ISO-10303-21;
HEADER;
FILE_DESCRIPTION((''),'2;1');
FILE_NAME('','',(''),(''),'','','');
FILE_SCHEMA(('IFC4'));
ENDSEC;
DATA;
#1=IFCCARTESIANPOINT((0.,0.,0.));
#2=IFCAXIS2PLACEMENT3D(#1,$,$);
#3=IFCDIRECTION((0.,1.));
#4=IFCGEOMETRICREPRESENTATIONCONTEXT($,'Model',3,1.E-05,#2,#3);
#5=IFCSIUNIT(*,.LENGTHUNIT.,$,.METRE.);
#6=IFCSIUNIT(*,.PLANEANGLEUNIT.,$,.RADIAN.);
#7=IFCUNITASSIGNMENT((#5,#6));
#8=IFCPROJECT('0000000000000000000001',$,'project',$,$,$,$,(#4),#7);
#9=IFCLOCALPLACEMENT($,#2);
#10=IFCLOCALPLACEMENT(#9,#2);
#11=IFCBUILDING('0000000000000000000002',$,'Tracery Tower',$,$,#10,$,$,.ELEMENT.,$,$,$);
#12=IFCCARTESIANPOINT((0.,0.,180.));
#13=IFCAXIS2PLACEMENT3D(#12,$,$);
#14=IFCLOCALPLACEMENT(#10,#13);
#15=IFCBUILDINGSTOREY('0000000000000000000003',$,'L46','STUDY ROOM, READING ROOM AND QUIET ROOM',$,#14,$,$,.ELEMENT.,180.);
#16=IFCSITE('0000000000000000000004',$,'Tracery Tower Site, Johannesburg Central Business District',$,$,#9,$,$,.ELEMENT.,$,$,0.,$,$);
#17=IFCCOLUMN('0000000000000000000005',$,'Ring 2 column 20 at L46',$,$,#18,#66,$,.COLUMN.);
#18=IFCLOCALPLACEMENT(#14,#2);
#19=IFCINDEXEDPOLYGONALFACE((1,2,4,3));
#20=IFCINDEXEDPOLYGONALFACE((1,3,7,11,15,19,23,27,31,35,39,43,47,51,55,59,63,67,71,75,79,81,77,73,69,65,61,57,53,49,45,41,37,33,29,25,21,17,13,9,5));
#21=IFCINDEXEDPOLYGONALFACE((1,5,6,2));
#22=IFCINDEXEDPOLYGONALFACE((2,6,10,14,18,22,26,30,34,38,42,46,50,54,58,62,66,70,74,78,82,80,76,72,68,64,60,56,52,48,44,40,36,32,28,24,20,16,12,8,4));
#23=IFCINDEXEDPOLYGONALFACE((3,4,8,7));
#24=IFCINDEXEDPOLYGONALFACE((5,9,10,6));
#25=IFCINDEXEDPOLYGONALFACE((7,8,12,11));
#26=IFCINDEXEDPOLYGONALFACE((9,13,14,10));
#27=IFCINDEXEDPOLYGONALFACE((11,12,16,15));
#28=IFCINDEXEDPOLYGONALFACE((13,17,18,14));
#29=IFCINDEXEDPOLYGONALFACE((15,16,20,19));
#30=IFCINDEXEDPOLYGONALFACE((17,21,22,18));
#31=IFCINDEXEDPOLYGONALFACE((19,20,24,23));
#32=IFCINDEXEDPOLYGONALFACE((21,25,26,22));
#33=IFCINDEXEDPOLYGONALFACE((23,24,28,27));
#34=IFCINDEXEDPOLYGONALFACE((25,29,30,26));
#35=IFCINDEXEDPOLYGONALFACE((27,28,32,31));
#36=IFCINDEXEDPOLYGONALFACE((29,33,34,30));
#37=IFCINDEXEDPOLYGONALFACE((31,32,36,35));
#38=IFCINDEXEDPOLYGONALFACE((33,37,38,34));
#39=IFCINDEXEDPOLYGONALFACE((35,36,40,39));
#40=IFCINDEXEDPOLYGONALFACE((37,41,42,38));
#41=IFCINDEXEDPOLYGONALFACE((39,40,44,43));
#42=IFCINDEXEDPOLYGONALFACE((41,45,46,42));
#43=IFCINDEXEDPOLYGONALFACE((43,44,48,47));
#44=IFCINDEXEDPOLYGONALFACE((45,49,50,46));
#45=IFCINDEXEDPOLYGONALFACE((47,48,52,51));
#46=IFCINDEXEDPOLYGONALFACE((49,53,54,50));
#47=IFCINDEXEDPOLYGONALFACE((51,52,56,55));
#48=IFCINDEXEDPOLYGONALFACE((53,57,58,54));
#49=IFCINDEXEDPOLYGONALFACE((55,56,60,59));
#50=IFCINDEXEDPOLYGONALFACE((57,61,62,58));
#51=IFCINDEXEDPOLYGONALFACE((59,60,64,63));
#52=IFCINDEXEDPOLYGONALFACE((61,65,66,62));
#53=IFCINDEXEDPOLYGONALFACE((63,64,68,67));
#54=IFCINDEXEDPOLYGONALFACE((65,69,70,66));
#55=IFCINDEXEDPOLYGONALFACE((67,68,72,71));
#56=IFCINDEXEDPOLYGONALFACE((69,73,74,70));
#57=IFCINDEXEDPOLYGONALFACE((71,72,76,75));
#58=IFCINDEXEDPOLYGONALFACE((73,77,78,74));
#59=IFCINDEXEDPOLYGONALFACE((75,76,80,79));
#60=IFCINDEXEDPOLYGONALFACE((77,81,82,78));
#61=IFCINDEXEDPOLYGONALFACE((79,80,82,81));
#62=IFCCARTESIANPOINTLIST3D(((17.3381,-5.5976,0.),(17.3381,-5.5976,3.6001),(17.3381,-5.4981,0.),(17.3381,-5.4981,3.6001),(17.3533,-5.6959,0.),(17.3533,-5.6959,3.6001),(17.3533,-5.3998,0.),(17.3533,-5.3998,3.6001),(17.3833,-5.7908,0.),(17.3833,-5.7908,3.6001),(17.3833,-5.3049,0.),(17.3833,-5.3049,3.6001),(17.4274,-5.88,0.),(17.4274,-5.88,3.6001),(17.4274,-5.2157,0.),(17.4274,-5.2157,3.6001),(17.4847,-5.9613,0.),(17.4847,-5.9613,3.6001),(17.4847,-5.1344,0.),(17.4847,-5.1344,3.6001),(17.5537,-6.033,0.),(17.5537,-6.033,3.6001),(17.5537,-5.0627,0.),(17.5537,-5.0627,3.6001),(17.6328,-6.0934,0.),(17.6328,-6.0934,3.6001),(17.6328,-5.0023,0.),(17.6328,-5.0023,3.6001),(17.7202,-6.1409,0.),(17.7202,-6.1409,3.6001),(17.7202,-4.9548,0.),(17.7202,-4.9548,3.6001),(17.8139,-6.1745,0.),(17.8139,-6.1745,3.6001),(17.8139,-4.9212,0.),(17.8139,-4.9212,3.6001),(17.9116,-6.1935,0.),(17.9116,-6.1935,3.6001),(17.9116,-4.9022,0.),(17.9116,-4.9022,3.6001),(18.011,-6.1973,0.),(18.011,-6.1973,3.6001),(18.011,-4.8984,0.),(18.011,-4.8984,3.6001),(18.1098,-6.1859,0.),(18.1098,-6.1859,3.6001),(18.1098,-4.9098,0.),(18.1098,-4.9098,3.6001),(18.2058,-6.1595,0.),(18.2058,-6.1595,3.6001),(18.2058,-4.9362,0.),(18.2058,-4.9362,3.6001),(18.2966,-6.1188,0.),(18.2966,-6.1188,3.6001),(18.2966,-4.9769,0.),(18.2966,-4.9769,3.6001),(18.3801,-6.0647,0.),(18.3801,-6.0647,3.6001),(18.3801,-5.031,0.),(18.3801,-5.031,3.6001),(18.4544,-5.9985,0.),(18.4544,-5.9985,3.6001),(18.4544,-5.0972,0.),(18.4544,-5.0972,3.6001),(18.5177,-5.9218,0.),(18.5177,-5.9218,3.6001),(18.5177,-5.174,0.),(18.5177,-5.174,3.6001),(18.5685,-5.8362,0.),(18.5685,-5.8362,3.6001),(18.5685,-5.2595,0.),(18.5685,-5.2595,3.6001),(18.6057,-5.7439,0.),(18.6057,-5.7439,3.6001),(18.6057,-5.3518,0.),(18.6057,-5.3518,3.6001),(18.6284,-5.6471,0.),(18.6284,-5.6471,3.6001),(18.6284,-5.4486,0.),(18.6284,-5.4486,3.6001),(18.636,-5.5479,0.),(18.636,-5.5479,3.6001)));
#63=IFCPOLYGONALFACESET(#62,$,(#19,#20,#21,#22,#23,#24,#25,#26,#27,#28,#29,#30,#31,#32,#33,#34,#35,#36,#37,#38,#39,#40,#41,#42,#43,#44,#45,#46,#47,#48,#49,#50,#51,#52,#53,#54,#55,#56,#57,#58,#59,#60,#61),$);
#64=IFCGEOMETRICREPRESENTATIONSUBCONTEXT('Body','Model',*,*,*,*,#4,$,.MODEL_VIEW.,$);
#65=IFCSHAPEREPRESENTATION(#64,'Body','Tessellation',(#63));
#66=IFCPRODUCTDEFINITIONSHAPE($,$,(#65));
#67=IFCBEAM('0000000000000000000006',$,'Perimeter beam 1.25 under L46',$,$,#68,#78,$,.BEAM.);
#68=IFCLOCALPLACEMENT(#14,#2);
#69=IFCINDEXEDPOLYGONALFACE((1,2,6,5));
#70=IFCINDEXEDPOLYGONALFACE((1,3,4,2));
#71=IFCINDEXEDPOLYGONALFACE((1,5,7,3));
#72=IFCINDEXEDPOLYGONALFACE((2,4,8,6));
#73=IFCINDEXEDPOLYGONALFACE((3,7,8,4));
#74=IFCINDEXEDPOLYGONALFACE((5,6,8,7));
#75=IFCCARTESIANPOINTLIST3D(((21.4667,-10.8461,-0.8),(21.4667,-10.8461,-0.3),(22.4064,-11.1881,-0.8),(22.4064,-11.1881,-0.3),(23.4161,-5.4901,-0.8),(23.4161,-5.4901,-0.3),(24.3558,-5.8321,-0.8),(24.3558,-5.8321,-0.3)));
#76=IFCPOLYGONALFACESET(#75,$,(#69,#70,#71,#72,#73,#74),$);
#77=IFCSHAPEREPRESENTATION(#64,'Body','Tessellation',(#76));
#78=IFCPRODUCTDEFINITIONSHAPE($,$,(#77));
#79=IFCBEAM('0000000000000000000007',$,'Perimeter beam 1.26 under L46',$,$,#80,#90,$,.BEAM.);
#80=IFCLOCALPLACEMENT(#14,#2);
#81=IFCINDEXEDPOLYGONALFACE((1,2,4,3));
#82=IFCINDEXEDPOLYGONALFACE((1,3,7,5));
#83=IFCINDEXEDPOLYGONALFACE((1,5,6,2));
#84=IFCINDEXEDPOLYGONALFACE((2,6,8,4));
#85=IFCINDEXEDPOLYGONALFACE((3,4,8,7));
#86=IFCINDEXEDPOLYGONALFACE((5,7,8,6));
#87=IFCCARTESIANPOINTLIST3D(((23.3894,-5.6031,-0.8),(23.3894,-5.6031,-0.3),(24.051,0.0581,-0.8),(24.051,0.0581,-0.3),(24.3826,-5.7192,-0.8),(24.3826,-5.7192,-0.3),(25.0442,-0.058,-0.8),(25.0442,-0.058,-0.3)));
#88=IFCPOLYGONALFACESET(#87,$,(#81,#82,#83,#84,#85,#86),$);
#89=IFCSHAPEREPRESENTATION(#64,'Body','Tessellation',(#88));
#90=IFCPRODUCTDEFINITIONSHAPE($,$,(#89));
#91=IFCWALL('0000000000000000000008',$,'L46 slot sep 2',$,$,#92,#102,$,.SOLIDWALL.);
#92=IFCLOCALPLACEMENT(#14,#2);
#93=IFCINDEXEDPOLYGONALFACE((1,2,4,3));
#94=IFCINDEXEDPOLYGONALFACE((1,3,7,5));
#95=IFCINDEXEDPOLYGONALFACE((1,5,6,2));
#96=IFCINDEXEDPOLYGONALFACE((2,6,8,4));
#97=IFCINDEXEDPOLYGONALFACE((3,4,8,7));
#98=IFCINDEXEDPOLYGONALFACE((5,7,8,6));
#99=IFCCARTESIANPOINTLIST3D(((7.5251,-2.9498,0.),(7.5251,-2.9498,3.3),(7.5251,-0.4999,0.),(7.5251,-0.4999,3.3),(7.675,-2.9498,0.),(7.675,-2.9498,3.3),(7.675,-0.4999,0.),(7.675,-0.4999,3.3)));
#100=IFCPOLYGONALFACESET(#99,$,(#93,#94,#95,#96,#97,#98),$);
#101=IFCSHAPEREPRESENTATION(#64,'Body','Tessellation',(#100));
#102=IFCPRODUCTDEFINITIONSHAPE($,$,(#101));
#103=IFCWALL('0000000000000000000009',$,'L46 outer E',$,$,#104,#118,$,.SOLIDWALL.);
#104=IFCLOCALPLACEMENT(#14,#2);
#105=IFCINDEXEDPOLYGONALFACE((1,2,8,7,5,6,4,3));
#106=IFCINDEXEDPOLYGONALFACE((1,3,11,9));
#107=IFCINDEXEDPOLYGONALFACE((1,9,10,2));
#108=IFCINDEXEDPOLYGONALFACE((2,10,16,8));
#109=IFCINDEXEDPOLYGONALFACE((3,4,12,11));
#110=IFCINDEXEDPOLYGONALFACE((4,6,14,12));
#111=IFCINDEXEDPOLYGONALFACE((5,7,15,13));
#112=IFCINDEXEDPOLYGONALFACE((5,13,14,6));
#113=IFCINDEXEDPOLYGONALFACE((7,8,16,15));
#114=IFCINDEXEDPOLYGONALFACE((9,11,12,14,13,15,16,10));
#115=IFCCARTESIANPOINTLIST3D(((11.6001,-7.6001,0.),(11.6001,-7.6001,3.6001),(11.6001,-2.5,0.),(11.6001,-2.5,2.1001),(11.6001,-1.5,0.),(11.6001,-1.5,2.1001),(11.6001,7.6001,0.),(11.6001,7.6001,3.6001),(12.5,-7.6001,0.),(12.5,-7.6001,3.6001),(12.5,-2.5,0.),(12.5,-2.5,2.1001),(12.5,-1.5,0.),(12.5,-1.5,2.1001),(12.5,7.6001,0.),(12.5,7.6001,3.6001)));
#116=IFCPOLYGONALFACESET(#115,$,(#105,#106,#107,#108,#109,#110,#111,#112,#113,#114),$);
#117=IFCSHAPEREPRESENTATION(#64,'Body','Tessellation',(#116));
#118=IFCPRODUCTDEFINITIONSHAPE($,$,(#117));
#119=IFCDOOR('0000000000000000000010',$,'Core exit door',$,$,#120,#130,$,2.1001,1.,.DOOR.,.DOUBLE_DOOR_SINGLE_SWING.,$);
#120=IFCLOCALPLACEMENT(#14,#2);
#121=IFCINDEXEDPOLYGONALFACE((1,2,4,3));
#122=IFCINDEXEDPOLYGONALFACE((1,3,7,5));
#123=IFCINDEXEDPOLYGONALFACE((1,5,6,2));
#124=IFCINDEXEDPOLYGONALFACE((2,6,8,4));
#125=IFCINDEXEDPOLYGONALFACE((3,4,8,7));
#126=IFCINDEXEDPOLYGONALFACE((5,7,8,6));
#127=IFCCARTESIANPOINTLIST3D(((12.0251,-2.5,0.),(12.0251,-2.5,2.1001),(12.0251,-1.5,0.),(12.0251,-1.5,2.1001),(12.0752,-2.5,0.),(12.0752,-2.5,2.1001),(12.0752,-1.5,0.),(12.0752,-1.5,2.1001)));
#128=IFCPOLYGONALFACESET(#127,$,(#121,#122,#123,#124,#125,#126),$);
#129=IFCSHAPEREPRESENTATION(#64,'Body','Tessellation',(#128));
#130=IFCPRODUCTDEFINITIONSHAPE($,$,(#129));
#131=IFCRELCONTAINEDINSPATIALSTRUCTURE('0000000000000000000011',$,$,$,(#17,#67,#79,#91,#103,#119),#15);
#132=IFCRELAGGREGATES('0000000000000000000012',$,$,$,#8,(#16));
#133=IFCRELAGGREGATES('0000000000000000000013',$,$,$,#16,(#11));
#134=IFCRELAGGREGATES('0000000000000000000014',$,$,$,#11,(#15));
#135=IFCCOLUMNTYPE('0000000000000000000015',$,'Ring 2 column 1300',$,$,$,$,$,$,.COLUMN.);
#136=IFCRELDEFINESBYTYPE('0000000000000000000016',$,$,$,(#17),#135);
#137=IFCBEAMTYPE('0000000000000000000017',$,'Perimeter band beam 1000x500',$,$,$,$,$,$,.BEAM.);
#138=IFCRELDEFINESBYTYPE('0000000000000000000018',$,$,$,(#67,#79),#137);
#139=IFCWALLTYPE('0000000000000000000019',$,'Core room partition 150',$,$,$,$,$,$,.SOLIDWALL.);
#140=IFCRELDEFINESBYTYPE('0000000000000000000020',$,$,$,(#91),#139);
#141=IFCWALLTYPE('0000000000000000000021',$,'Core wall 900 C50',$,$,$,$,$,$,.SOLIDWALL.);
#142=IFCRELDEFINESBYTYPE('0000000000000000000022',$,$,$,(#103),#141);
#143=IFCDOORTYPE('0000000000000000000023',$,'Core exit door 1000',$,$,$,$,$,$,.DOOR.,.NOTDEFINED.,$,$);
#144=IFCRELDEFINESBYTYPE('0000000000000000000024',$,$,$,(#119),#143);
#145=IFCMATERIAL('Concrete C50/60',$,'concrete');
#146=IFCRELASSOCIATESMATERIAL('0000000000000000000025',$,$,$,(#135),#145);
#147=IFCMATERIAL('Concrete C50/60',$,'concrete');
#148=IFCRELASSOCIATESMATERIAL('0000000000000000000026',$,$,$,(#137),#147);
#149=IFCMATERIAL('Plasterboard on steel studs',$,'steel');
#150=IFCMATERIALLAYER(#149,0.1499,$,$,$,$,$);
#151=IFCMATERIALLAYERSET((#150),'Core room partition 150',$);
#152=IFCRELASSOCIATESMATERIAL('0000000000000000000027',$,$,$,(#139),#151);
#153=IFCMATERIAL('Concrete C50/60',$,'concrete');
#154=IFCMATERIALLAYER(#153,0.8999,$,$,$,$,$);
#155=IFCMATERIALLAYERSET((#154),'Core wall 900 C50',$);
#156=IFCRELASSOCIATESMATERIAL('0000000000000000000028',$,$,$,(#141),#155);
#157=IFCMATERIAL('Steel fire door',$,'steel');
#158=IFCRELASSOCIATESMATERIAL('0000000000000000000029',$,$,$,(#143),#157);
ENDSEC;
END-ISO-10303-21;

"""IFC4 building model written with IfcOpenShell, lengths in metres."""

from ifc_helpers import new_model, si_unit, direction, frame, frame_2d, origin, origin_2d, place, context, subcontext, project, spatial, rectangle, circle, extrude, material, layer, layer_set, material_profile, profile_set, type_object, element, fill, save


model = new_model("IFC4")

# Units and contexts
model_context = context("Model", 3, precision=1e-05, world=origin(), true_north=direction((0.0, 1.0)))
body_context = subcontext(model_context, "Body", "Model", "MODEL_VIEW")
ifc_project = project(units=[si_unit("LENGTHUNIT", "METRE"), si_unit("PLANEANGLEUNIT", "RADIAN")], contexts=[model_context])

# Site, building, storey
site_placement = place(None, origin())
site = spatial("IfcSite", under=ifc_project, at=site_placement, Name="Tracery Tower Site, Johannesburg Central Business District", CompositionType="ELEMENT", RefElevation=0.0)
building_placement = place(site_placement, origin())
building = spatial("IfcBuilding", under=site, at=building_placement, Name="Tracery Tower", CompositionType="ELEMENT")
storey_placement = place(building_placement, frame((0.0, 0.0, 180.0)))
storey = spatial("IfcBuildingStorey", under=building, at=storey_placement, Name="L46", Description="STUDY ROOM, READING ROOM AND QUIET ROOM", CompositionType="ELEMENT", Elevation=180.0)

# Column
ifc_material_1 = material(Name="Concrete C50/60", Category="concrete")
ifc_material_profile_1 = material_profile(ifc_material_1, circle(Radius=0.6499, at=origin_2d()), Name="RC D1300")
ifc_profile_set_1 = profile_set([ifc_material_profile_1], Name="Concrete C50/60")
column_type_1 = type_object("IfcColumnType", Name="Ring 2 column 1300", PredefinedType="COLUMN", material=ifc_profile_set_1)
for number, where, z_axis, x_axis, name in (
    (1, (17.9861, -5.5479, 0.0), (0.0, 0.0, 1.0), (1.0, 0.0, 0.0), "Ring 2 column 20 at L46"),
):
    element("IfcColumn", number, at=place(storey_placement, frame(where, z_axis=z_axis, x_axis=x_axis)), inside=storey, type_object=column_type_1, Name=name, PredefinedType="COLUMN", context=body_context, shape_type="SweptSolid", body=[
        extrude(circle(Radius=0.6499, at=origin_2d()), origin(), (0.0, 0.0, 1.0), 3.6001),
    ])

# Beams
ifc_material_2 = material(Name="Concrete C50/60", Category="concrete")
ifc_material_profile_2 = material_profile(ifc_material_2, rectangle(XDim=1.0, YDim=0.5, at=origin_2d()), Name="RC 1000x500")
ifc_profile_set_2 = profile_set([ifc_material_profile_2], Name="Concrete C50/60")
beam_type = type_object("IfcBeamType", Name="Perimeter band beam 1000x500", PredefinedType="BEAM", material=ifc_profile_set_2)
for number, where, z_axis, x_axis, name in (
    (2, (21.9365, -11.0171, -0.55), (0.342029, 0.93969, 0.0), (-0.93969, 0.342029, 0.0), "Perimeter beam 1.25 under L46"),
    (3, (23.886, -5.6611, -0.55), (0.116081, 0.99324, 0.0), (-0.99324, 0.116081, 0.0), "Perimeter beam 1.26 under L46"),
):
    element("IfcBeam", number, at=place(storey_placement, frame(where, z_axis=z_axis, x_axis=x_axis)), inside=storey, type_object=beam_type, Name=name, PredefinedType="BEAM", context=body_context, shape_type="SweptSolid", body=[
        extrude(rectangle(XDim=1.0, YDim=0.5, at=origin_2d()), origin(), (0.0, 0.0, 1.0), 5.6997),
    ])

# Wall
ifc_material_3 = material(Name="Plasterboard on steel studs", Category="steel")
ifc_layer_1 = layer(ifc_material_3, 0.1499)
ifc_layer_set_1 = layer_set([ifc_layer_1], Name="Core room partition 150")
wall_type_1 = type_object("IfcWallType", Name="Core room partition 150", PredefinedType="SOLIDWALL", material=ifc_layer_set_1)
wall_1_placement = place(storey_placement, frame((7.6001, -2.95, 0.0), z_axis=(0.0, 0.0, 1.0), x_axis=(0.0, 1.0, 0.0)))
element("IfcWall", 4, at=wall_1_placement, inside=storey, type_object=wall_type_1, Name="L46 slot sep 2", PredefinedType="SOLIDWALL", context=body_context, shape_type="SweptSolid", body=[
    extrude(rectangle(XDim=2.45, YDim=0.1499, at=frame_2d((1.2251, 0.0))), origin(), (0.0, 0.0, 1.0), 3.3),
])

# Wall, opening, door
ifc_material_4 = material(Name="Concrete C50/60", Category="concrete")
ifc_layer_2 = layer(ifc_material_4, 0.8999)
ifc_layer_set_2 = layer_set([ifc_layer_2], Name="Core wall 900 C50")
wall_type_2 = type_object("IfcWallType", Name="Core wall 900 C50", PredefinedType="SOLIDWALL", material=ifc_layer_set_2)
wall_2_placement = place(storey_placement, frame((12.05, -7.6001, 0.0), z_axis=(0.0, 0.0, 1.0), x_axis=(0.0, 1.0, 0.0)))
wall_2 = element("IfcWall", 5, at=wall_2_placement, inside=storey, type_object=wall_type_2, Name="L46 outer E", PredefinedType="SOLIDWALL", context=body_context, shape_type="SweptSolid", body=[
    extrude(rectangle(XDim=15.2002, YDim=0.8999, at=frame_2d((7.6001, 0.0))), origin(), (0.0, 0.0, 1.0), 3.6001),
])
opening_1_placement = place(wall_2_placement, frame((5.1001, 0.0, 0.0)))
opening_1 = element("IfcOpeningElement", 6, at=opening_1_placement, cuts=wall_2, PredefinedType="OPENING", context=body_context, shape_type="SweptSolid", body=[
    extrude(rectangle(XDim=1.0, YDim=2.1001, at=frame_2d((0.5, 1.05))), frame((0.0, 0.45, 0.0), z_axis=(0.0, -1.0, 0.0), x_axis=(1.0, 0.0, 0.0)), (0.0, 0.0, 1.0), 0.8999),
])
ifc_material_5 = material(Name="Steel fire door", Category="steel")
door_type_1 = type_object("IfcDoorType", Name="Core exit door 1000", OperationType="NOTDEFINED", PredefinedType="DOOR", material=ifc_material_5)
door_1_placement = place(opening_1_placement, origin())
door_1 = element("IfcDoor", 7, at=door_1_placement, inside=storey, type_object=door_type_1, Name="Core exit door", OperationType="DOUBLE_DOOR_SINGLE_SWING", OverallHeight=2.1001, OverallWidth=1.0, PredefinedType="DOOR", context=body_context, shape_type="SweptSolid", body=[
    extrude(rectangle(XDim=1.0, YDim=2.1001, at=frame_2d((0.5, 1.05))), frame((0.0, 0.0249, 0.0), z_axis=(0.0, -1.0, 0.0), x_axis=(1.0, 0.0, 0.0)), (0.0, 0.0, 1.0), 0.05),
])
fill(opening_1, door_1)

save(model, "model.ifc")
